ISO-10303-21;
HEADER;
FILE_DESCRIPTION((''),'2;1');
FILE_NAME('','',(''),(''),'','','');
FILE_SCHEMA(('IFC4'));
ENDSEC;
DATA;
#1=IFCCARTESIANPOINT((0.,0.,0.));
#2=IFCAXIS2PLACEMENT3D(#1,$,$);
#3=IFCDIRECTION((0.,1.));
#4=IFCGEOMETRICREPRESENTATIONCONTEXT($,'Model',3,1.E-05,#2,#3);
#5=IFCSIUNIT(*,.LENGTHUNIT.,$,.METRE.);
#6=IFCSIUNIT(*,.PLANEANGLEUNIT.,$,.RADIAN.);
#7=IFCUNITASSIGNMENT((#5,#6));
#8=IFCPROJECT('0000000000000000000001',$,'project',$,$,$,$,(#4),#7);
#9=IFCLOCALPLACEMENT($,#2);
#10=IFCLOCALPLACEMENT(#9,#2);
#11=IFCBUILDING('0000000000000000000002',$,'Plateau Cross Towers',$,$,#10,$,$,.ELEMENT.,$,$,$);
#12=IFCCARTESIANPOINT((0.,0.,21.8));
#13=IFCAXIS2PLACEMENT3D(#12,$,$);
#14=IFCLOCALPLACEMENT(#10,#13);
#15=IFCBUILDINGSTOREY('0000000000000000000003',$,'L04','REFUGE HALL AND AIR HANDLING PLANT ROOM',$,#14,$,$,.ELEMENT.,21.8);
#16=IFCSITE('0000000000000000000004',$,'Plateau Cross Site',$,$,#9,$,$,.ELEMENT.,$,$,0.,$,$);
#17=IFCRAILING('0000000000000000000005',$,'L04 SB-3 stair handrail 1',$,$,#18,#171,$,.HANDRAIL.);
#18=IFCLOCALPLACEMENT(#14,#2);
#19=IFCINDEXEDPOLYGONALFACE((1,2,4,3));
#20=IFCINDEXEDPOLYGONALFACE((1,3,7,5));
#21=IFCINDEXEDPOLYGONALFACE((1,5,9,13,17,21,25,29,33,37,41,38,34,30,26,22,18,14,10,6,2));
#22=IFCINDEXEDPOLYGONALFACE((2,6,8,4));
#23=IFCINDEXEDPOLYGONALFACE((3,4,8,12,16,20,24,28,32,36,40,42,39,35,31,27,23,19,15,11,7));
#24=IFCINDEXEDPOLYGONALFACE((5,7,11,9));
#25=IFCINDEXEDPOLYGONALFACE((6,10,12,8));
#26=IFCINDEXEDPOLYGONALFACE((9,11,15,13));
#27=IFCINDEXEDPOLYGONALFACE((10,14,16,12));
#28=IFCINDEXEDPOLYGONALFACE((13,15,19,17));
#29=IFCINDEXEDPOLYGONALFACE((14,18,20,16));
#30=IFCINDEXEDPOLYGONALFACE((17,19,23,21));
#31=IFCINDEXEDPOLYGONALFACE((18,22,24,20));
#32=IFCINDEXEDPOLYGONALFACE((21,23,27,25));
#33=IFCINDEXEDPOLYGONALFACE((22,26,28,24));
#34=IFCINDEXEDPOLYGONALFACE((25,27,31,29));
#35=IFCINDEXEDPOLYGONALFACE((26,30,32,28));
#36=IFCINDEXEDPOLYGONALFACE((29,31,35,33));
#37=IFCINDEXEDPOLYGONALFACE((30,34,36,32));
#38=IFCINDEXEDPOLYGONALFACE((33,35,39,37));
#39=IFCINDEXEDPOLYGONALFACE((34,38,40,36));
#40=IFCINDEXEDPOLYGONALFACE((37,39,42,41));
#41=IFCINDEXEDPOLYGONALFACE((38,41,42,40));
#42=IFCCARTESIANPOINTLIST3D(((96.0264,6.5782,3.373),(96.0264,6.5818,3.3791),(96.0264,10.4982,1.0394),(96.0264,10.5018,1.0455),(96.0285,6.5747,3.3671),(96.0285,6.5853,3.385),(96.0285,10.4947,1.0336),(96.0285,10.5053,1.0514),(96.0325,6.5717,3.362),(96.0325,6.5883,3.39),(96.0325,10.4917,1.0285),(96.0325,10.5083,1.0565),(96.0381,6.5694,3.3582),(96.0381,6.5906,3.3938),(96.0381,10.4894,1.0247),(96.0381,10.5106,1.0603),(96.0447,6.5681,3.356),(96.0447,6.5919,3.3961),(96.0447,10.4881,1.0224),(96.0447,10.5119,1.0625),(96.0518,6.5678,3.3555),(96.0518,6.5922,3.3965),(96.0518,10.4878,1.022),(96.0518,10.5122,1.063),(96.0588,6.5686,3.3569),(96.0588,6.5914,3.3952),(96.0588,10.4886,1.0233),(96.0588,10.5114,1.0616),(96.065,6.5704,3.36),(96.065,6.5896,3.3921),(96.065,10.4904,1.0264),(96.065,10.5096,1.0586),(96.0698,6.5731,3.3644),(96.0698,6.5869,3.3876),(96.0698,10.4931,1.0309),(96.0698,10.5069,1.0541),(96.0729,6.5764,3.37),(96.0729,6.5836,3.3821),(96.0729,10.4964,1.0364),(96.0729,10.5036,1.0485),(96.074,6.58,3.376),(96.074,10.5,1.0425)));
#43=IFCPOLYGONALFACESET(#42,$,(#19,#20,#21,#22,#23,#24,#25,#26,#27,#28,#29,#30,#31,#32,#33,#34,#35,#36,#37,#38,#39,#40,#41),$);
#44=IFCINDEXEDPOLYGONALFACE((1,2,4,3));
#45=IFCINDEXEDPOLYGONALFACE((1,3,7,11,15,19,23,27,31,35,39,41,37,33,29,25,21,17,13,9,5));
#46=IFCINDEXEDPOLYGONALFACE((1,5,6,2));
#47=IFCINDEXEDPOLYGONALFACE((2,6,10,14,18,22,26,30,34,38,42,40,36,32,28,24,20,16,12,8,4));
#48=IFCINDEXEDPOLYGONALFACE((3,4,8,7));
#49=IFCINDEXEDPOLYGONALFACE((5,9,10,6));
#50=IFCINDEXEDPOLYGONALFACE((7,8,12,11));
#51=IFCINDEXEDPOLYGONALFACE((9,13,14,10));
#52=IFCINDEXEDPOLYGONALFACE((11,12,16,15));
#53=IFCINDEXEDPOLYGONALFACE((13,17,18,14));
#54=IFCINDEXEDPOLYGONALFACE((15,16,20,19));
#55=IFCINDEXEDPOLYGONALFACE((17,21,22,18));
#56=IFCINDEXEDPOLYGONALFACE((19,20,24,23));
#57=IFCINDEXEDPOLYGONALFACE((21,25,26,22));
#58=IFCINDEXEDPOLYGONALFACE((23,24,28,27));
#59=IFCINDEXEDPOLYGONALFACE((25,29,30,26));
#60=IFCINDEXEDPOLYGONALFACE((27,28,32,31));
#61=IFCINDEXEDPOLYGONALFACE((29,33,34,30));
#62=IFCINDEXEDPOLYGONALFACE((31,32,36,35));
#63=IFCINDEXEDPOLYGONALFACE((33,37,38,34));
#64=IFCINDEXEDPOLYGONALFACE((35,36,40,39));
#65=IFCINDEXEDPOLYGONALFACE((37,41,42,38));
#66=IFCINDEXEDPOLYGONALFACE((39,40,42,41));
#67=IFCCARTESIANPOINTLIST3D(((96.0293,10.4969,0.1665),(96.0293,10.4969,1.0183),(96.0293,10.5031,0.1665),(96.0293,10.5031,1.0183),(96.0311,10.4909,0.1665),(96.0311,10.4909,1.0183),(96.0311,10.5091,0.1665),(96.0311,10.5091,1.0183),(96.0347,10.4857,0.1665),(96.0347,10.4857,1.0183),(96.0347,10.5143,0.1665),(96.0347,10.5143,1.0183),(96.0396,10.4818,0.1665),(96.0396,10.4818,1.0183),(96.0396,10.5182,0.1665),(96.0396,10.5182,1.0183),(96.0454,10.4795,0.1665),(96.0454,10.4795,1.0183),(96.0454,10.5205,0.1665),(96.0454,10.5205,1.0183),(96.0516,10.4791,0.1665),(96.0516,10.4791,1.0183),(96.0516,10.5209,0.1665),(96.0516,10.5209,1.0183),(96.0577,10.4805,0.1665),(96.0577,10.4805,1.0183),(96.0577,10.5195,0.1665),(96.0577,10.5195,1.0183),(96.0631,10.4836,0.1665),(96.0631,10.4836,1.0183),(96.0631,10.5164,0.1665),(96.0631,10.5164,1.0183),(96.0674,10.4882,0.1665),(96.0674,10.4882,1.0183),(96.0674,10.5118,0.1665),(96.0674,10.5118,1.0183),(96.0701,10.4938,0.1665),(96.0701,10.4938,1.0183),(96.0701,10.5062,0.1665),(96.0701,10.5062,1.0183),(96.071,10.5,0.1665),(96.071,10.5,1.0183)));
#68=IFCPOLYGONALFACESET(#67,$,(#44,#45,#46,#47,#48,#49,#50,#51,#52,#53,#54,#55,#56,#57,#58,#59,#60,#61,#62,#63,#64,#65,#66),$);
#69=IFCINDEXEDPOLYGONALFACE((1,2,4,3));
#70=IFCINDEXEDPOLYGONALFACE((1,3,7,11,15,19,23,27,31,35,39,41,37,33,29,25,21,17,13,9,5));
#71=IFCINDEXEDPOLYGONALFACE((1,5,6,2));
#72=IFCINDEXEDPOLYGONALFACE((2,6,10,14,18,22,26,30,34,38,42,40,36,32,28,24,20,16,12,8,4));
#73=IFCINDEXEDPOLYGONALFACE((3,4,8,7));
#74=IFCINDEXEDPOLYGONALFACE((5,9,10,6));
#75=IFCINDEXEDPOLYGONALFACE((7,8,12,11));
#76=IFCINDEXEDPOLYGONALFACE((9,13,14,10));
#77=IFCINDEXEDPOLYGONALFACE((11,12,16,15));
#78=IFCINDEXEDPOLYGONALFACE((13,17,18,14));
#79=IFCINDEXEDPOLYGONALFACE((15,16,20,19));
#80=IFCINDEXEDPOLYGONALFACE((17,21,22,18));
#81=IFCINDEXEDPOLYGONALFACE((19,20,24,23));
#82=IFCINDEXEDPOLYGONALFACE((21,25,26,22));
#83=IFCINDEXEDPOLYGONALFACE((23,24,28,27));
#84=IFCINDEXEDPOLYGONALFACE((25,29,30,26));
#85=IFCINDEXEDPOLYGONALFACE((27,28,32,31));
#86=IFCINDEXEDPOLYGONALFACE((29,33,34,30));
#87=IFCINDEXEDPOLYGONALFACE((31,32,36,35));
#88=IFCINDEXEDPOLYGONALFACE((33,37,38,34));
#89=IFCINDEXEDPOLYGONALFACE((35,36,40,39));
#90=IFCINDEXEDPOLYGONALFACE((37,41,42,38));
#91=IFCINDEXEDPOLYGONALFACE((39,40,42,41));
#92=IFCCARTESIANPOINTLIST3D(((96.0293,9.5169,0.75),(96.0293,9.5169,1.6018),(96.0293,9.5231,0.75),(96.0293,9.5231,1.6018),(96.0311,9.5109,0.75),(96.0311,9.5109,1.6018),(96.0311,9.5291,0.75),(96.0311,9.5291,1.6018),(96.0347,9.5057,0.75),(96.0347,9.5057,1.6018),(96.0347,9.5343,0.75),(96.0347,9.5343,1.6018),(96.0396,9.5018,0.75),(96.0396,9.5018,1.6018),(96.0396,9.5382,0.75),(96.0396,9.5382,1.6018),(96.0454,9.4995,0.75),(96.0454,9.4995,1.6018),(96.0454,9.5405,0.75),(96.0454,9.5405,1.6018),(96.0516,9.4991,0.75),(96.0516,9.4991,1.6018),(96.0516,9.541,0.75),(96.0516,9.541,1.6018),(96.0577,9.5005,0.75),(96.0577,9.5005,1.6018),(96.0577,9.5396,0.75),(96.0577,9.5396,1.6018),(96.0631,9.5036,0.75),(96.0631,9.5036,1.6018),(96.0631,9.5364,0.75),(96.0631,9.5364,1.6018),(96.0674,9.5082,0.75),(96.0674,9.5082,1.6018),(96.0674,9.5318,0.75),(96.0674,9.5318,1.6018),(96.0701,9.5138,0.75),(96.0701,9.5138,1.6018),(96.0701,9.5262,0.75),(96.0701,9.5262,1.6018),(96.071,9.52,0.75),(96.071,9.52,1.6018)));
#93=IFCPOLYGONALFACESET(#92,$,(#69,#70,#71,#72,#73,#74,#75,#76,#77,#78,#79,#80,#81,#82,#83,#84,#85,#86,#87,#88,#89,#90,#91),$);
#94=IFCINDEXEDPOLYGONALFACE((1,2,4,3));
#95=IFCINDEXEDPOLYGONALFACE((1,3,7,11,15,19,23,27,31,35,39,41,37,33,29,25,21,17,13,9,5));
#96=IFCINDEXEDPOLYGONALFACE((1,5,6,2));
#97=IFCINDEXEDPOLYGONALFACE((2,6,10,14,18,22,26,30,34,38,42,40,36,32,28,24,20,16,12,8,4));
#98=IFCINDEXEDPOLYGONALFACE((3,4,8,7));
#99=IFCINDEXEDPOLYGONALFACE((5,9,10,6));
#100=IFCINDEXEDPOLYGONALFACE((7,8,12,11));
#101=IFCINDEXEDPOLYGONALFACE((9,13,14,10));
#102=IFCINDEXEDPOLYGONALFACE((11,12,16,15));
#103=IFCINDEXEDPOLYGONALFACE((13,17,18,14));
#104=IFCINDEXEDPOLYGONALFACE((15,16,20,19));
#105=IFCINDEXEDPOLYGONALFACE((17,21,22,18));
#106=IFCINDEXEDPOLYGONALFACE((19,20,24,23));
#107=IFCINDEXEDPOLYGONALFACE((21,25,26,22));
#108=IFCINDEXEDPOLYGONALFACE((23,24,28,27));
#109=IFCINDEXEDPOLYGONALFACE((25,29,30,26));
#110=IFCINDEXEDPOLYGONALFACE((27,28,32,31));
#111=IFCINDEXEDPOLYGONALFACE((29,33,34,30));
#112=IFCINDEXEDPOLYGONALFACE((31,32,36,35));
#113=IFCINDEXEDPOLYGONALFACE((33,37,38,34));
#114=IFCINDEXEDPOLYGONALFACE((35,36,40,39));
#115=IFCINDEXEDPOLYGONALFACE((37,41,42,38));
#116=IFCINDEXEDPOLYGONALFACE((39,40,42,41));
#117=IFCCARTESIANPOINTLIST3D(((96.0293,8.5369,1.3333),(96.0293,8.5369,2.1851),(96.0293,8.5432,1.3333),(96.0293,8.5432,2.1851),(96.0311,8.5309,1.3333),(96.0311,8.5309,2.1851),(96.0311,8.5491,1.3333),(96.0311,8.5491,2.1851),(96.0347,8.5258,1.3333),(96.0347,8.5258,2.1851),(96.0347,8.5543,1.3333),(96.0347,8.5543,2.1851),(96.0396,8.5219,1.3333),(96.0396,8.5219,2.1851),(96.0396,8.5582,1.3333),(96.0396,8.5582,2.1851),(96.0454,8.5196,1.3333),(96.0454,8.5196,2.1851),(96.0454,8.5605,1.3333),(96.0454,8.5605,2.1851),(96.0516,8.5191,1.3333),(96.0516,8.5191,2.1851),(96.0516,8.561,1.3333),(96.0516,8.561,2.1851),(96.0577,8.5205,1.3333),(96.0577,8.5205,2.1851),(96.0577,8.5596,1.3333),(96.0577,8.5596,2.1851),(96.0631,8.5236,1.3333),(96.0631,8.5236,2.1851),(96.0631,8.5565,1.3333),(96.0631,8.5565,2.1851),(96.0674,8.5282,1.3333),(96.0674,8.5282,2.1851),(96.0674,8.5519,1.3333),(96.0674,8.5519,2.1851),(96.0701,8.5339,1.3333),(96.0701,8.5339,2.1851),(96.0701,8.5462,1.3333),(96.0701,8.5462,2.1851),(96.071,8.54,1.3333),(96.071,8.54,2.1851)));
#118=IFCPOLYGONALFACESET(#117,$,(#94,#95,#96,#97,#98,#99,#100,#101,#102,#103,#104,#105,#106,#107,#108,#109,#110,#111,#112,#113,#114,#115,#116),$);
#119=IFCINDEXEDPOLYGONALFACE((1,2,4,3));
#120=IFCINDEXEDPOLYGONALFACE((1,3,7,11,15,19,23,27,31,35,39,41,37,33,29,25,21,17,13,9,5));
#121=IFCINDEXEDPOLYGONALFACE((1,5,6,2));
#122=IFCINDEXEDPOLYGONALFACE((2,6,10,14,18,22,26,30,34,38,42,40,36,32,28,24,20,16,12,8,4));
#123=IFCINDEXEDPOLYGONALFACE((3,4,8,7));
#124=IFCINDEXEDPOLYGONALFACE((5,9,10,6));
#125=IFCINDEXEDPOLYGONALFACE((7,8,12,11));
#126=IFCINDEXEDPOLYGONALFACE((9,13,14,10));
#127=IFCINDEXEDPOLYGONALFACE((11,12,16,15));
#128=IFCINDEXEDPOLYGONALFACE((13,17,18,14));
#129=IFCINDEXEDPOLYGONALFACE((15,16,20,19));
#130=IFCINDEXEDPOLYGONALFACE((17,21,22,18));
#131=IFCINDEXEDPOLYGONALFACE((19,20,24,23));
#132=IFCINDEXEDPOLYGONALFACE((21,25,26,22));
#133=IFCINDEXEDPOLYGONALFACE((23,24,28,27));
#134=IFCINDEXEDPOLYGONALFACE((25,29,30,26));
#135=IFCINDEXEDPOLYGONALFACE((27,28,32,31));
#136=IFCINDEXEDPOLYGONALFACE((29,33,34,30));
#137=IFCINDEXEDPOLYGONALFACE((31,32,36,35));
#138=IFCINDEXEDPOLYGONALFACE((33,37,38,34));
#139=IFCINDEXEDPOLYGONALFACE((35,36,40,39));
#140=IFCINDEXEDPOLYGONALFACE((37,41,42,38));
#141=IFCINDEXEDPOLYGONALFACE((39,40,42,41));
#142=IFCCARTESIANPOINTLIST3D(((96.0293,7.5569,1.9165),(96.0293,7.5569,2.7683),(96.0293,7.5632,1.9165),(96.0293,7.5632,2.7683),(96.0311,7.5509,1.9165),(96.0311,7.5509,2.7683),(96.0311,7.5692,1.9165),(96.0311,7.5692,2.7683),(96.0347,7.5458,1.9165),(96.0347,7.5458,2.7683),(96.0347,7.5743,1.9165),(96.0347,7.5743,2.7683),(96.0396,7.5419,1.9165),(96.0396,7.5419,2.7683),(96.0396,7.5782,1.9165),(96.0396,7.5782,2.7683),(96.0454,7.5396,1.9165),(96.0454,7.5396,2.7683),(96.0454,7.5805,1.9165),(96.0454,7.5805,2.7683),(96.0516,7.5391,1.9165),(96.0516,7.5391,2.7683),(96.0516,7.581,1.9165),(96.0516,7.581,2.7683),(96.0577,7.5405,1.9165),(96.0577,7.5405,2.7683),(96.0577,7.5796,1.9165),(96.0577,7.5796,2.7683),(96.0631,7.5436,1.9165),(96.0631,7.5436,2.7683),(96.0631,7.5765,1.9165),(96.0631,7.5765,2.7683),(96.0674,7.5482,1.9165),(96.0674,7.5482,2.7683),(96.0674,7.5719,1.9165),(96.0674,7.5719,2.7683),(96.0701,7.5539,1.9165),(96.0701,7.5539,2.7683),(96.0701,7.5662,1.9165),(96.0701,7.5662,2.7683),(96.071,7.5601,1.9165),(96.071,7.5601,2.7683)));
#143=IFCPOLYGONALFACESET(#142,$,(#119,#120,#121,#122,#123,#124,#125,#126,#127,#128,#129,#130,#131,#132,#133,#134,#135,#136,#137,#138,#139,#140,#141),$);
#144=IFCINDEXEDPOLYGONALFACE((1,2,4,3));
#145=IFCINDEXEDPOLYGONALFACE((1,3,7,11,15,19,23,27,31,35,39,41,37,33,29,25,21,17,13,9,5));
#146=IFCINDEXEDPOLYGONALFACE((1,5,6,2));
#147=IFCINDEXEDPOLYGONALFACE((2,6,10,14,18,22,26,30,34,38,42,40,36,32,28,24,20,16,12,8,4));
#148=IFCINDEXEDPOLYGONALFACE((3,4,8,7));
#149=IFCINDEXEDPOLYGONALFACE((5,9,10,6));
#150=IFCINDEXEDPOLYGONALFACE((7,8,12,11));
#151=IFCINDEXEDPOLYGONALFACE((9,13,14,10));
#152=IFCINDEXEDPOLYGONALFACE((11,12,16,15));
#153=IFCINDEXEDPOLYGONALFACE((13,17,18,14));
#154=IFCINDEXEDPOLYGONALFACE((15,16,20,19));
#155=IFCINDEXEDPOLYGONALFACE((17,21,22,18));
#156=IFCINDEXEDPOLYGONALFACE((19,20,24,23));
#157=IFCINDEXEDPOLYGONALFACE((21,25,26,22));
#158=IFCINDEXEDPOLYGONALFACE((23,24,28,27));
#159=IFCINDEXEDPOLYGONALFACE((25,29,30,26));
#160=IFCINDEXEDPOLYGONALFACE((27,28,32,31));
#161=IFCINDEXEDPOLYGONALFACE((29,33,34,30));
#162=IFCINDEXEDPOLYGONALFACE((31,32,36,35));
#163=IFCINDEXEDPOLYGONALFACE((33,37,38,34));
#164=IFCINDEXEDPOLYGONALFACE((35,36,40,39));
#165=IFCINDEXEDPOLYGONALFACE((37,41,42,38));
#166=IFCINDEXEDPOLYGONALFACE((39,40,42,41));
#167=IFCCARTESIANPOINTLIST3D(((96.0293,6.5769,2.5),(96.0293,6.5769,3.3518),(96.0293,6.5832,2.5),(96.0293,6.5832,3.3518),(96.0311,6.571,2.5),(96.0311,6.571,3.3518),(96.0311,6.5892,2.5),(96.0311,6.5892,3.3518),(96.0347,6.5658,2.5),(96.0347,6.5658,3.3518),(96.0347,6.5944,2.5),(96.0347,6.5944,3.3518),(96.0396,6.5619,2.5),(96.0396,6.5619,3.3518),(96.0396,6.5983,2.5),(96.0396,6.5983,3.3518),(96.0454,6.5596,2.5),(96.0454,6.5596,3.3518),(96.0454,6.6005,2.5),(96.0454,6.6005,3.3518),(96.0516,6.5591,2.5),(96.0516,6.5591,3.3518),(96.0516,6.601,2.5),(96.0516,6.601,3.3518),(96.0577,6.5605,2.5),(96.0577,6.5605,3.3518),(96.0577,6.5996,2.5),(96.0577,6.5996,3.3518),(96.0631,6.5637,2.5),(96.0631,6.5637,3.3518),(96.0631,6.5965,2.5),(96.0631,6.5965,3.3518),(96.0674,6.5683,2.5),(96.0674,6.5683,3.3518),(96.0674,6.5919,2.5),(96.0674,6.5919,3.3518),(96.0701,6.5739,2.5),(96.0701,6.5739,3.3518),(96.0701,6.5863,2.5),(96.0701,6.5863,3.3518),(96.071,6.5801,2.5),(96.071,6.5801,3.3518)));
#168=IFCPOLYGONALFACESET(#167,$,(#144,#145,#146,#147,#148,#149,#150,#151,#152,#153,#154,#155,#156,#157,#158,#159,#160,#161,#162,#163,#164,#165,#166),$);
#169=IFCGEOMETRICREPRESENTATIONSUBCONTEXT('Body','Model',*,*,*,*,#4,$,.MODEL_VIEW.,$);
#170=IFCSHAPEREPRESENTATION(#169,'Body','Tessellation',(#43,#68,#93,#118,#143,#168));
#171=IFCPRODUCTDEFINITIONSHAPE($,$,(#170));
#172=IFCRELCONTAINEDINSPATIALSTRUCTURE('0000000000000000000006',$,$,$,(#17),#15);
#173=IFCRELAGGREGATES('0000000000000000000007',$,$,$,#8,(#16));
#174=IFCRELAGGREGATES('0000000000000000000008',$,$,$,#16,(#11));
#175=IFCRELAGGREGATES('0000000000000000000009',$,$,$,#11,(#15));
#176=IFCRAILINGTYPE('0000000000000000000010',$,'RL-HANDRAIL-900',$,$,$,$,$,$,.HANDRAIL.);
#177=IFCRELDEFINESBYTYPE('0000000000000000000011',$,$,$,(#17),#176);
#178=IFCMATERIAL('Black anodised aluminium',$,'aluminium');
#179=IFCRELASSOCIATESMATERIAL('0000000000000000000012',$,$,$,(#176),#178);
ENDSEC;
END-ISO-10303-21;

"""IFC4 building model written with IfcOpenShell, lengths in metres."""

from ifc_helpers import new_model, si_unit, direction, frame, origin, origin_2d, place, context, subcontext, project, spatial, circle, extrude, material, type_object, element, save


model = new_model("IFC4")

# Units and contexts
model_context = context("Model", 3, precision=1e-05, world=origin(), true_north=direction((0.0, 1.0)))
body_context = subcontext(model_context, "Body", "Model", "MODEL_VIEW")
ifc_project = project(units=[si_unit("LENGTHUNIT", "METRE"), si_unit("PLANEANGLEUNIT", "RADIAN")], contexts=[model_context])

# Site, building, storey
site_placement = place(None, origin())
site = spatial("IfcSite", under=ifc_project, at=site_placement, Name="Plateau Cross Site", CompositionType="ELEMENT", RefElevation=0.0)
building_placement = place(site_placement, origin())
building = spatial("IfcBuilding", under=site, at=building_placement, Name="Plateau Cross Towers", CompositionType="ELEMENT")
storey_placement = place(building_placement, frame((0.0, 0.0, 21.8)))
storey = spatial("IfcBuildingStorey", under=building, at=storey_placement, Name="L04", Description="REFUGE HALL AND AIR HANDLING PLANT ROOM", CompositionType="ELEMENT", Elevation=21.8)

# Railing
ifc_material_1 = material(Name="Black anodised aluminium", Category="aluminium")
railing_type_1 = type_object("IfcRailingType", Name="RL-HANDRAIL-900", PredefinedType="HANDRAIL", material=ifc_material_1)
railing_1_placement = place(storey_placement, frame((96.05, 10.5, 0.1665)))
element("IfcRailing", 1, at=railing_1_placement, inside=storey, type_object=railing_type_1, Name="L04 SB-3 stair handrail 1", PredefinedType="HANDRAIL", context=body_context, shape_type="SweptSolid", body=[
    extrude(circle(Radius=0.0239, at=origin_2d()), frame((0.0, 0.0, 0.876), z_axis=(0.0, -0.859273, 0.511518), x_axis=(1.0, 0.0, 0.0)), (0.0, 0.0, 1.0), 4.562),
    extrude(circle(Radius=0.021, at=origin_2d()), origin(), (0.0, 0.0, 1.0), 0.8518),
    extrude(circle(Radius=0.021, at=origin_2d()), frame((0.0, -0.98, 0.5835)), (0.0, 0.0, 1.0), 0.8518),
    extrude(circle(Radius=0.021, at=origin_2d()), frame((0.0, -1.96, 1.1667)), (0.0, 0.0, 1.0), 0.8518),
    extrude(circle(Radius=0.021, at=origin_2d()), frame((0.0, -2.9399, 1.75)), (0.0, 0.0, 1.0), 0.8518),
    extrude(circle(Radius=0.021, at=origin_2d()), frame((0.0, -3.9199, 2.3335)), (0.0, 0.0, 1.0), 0.8518),
])

save(model, "model.ifc")
